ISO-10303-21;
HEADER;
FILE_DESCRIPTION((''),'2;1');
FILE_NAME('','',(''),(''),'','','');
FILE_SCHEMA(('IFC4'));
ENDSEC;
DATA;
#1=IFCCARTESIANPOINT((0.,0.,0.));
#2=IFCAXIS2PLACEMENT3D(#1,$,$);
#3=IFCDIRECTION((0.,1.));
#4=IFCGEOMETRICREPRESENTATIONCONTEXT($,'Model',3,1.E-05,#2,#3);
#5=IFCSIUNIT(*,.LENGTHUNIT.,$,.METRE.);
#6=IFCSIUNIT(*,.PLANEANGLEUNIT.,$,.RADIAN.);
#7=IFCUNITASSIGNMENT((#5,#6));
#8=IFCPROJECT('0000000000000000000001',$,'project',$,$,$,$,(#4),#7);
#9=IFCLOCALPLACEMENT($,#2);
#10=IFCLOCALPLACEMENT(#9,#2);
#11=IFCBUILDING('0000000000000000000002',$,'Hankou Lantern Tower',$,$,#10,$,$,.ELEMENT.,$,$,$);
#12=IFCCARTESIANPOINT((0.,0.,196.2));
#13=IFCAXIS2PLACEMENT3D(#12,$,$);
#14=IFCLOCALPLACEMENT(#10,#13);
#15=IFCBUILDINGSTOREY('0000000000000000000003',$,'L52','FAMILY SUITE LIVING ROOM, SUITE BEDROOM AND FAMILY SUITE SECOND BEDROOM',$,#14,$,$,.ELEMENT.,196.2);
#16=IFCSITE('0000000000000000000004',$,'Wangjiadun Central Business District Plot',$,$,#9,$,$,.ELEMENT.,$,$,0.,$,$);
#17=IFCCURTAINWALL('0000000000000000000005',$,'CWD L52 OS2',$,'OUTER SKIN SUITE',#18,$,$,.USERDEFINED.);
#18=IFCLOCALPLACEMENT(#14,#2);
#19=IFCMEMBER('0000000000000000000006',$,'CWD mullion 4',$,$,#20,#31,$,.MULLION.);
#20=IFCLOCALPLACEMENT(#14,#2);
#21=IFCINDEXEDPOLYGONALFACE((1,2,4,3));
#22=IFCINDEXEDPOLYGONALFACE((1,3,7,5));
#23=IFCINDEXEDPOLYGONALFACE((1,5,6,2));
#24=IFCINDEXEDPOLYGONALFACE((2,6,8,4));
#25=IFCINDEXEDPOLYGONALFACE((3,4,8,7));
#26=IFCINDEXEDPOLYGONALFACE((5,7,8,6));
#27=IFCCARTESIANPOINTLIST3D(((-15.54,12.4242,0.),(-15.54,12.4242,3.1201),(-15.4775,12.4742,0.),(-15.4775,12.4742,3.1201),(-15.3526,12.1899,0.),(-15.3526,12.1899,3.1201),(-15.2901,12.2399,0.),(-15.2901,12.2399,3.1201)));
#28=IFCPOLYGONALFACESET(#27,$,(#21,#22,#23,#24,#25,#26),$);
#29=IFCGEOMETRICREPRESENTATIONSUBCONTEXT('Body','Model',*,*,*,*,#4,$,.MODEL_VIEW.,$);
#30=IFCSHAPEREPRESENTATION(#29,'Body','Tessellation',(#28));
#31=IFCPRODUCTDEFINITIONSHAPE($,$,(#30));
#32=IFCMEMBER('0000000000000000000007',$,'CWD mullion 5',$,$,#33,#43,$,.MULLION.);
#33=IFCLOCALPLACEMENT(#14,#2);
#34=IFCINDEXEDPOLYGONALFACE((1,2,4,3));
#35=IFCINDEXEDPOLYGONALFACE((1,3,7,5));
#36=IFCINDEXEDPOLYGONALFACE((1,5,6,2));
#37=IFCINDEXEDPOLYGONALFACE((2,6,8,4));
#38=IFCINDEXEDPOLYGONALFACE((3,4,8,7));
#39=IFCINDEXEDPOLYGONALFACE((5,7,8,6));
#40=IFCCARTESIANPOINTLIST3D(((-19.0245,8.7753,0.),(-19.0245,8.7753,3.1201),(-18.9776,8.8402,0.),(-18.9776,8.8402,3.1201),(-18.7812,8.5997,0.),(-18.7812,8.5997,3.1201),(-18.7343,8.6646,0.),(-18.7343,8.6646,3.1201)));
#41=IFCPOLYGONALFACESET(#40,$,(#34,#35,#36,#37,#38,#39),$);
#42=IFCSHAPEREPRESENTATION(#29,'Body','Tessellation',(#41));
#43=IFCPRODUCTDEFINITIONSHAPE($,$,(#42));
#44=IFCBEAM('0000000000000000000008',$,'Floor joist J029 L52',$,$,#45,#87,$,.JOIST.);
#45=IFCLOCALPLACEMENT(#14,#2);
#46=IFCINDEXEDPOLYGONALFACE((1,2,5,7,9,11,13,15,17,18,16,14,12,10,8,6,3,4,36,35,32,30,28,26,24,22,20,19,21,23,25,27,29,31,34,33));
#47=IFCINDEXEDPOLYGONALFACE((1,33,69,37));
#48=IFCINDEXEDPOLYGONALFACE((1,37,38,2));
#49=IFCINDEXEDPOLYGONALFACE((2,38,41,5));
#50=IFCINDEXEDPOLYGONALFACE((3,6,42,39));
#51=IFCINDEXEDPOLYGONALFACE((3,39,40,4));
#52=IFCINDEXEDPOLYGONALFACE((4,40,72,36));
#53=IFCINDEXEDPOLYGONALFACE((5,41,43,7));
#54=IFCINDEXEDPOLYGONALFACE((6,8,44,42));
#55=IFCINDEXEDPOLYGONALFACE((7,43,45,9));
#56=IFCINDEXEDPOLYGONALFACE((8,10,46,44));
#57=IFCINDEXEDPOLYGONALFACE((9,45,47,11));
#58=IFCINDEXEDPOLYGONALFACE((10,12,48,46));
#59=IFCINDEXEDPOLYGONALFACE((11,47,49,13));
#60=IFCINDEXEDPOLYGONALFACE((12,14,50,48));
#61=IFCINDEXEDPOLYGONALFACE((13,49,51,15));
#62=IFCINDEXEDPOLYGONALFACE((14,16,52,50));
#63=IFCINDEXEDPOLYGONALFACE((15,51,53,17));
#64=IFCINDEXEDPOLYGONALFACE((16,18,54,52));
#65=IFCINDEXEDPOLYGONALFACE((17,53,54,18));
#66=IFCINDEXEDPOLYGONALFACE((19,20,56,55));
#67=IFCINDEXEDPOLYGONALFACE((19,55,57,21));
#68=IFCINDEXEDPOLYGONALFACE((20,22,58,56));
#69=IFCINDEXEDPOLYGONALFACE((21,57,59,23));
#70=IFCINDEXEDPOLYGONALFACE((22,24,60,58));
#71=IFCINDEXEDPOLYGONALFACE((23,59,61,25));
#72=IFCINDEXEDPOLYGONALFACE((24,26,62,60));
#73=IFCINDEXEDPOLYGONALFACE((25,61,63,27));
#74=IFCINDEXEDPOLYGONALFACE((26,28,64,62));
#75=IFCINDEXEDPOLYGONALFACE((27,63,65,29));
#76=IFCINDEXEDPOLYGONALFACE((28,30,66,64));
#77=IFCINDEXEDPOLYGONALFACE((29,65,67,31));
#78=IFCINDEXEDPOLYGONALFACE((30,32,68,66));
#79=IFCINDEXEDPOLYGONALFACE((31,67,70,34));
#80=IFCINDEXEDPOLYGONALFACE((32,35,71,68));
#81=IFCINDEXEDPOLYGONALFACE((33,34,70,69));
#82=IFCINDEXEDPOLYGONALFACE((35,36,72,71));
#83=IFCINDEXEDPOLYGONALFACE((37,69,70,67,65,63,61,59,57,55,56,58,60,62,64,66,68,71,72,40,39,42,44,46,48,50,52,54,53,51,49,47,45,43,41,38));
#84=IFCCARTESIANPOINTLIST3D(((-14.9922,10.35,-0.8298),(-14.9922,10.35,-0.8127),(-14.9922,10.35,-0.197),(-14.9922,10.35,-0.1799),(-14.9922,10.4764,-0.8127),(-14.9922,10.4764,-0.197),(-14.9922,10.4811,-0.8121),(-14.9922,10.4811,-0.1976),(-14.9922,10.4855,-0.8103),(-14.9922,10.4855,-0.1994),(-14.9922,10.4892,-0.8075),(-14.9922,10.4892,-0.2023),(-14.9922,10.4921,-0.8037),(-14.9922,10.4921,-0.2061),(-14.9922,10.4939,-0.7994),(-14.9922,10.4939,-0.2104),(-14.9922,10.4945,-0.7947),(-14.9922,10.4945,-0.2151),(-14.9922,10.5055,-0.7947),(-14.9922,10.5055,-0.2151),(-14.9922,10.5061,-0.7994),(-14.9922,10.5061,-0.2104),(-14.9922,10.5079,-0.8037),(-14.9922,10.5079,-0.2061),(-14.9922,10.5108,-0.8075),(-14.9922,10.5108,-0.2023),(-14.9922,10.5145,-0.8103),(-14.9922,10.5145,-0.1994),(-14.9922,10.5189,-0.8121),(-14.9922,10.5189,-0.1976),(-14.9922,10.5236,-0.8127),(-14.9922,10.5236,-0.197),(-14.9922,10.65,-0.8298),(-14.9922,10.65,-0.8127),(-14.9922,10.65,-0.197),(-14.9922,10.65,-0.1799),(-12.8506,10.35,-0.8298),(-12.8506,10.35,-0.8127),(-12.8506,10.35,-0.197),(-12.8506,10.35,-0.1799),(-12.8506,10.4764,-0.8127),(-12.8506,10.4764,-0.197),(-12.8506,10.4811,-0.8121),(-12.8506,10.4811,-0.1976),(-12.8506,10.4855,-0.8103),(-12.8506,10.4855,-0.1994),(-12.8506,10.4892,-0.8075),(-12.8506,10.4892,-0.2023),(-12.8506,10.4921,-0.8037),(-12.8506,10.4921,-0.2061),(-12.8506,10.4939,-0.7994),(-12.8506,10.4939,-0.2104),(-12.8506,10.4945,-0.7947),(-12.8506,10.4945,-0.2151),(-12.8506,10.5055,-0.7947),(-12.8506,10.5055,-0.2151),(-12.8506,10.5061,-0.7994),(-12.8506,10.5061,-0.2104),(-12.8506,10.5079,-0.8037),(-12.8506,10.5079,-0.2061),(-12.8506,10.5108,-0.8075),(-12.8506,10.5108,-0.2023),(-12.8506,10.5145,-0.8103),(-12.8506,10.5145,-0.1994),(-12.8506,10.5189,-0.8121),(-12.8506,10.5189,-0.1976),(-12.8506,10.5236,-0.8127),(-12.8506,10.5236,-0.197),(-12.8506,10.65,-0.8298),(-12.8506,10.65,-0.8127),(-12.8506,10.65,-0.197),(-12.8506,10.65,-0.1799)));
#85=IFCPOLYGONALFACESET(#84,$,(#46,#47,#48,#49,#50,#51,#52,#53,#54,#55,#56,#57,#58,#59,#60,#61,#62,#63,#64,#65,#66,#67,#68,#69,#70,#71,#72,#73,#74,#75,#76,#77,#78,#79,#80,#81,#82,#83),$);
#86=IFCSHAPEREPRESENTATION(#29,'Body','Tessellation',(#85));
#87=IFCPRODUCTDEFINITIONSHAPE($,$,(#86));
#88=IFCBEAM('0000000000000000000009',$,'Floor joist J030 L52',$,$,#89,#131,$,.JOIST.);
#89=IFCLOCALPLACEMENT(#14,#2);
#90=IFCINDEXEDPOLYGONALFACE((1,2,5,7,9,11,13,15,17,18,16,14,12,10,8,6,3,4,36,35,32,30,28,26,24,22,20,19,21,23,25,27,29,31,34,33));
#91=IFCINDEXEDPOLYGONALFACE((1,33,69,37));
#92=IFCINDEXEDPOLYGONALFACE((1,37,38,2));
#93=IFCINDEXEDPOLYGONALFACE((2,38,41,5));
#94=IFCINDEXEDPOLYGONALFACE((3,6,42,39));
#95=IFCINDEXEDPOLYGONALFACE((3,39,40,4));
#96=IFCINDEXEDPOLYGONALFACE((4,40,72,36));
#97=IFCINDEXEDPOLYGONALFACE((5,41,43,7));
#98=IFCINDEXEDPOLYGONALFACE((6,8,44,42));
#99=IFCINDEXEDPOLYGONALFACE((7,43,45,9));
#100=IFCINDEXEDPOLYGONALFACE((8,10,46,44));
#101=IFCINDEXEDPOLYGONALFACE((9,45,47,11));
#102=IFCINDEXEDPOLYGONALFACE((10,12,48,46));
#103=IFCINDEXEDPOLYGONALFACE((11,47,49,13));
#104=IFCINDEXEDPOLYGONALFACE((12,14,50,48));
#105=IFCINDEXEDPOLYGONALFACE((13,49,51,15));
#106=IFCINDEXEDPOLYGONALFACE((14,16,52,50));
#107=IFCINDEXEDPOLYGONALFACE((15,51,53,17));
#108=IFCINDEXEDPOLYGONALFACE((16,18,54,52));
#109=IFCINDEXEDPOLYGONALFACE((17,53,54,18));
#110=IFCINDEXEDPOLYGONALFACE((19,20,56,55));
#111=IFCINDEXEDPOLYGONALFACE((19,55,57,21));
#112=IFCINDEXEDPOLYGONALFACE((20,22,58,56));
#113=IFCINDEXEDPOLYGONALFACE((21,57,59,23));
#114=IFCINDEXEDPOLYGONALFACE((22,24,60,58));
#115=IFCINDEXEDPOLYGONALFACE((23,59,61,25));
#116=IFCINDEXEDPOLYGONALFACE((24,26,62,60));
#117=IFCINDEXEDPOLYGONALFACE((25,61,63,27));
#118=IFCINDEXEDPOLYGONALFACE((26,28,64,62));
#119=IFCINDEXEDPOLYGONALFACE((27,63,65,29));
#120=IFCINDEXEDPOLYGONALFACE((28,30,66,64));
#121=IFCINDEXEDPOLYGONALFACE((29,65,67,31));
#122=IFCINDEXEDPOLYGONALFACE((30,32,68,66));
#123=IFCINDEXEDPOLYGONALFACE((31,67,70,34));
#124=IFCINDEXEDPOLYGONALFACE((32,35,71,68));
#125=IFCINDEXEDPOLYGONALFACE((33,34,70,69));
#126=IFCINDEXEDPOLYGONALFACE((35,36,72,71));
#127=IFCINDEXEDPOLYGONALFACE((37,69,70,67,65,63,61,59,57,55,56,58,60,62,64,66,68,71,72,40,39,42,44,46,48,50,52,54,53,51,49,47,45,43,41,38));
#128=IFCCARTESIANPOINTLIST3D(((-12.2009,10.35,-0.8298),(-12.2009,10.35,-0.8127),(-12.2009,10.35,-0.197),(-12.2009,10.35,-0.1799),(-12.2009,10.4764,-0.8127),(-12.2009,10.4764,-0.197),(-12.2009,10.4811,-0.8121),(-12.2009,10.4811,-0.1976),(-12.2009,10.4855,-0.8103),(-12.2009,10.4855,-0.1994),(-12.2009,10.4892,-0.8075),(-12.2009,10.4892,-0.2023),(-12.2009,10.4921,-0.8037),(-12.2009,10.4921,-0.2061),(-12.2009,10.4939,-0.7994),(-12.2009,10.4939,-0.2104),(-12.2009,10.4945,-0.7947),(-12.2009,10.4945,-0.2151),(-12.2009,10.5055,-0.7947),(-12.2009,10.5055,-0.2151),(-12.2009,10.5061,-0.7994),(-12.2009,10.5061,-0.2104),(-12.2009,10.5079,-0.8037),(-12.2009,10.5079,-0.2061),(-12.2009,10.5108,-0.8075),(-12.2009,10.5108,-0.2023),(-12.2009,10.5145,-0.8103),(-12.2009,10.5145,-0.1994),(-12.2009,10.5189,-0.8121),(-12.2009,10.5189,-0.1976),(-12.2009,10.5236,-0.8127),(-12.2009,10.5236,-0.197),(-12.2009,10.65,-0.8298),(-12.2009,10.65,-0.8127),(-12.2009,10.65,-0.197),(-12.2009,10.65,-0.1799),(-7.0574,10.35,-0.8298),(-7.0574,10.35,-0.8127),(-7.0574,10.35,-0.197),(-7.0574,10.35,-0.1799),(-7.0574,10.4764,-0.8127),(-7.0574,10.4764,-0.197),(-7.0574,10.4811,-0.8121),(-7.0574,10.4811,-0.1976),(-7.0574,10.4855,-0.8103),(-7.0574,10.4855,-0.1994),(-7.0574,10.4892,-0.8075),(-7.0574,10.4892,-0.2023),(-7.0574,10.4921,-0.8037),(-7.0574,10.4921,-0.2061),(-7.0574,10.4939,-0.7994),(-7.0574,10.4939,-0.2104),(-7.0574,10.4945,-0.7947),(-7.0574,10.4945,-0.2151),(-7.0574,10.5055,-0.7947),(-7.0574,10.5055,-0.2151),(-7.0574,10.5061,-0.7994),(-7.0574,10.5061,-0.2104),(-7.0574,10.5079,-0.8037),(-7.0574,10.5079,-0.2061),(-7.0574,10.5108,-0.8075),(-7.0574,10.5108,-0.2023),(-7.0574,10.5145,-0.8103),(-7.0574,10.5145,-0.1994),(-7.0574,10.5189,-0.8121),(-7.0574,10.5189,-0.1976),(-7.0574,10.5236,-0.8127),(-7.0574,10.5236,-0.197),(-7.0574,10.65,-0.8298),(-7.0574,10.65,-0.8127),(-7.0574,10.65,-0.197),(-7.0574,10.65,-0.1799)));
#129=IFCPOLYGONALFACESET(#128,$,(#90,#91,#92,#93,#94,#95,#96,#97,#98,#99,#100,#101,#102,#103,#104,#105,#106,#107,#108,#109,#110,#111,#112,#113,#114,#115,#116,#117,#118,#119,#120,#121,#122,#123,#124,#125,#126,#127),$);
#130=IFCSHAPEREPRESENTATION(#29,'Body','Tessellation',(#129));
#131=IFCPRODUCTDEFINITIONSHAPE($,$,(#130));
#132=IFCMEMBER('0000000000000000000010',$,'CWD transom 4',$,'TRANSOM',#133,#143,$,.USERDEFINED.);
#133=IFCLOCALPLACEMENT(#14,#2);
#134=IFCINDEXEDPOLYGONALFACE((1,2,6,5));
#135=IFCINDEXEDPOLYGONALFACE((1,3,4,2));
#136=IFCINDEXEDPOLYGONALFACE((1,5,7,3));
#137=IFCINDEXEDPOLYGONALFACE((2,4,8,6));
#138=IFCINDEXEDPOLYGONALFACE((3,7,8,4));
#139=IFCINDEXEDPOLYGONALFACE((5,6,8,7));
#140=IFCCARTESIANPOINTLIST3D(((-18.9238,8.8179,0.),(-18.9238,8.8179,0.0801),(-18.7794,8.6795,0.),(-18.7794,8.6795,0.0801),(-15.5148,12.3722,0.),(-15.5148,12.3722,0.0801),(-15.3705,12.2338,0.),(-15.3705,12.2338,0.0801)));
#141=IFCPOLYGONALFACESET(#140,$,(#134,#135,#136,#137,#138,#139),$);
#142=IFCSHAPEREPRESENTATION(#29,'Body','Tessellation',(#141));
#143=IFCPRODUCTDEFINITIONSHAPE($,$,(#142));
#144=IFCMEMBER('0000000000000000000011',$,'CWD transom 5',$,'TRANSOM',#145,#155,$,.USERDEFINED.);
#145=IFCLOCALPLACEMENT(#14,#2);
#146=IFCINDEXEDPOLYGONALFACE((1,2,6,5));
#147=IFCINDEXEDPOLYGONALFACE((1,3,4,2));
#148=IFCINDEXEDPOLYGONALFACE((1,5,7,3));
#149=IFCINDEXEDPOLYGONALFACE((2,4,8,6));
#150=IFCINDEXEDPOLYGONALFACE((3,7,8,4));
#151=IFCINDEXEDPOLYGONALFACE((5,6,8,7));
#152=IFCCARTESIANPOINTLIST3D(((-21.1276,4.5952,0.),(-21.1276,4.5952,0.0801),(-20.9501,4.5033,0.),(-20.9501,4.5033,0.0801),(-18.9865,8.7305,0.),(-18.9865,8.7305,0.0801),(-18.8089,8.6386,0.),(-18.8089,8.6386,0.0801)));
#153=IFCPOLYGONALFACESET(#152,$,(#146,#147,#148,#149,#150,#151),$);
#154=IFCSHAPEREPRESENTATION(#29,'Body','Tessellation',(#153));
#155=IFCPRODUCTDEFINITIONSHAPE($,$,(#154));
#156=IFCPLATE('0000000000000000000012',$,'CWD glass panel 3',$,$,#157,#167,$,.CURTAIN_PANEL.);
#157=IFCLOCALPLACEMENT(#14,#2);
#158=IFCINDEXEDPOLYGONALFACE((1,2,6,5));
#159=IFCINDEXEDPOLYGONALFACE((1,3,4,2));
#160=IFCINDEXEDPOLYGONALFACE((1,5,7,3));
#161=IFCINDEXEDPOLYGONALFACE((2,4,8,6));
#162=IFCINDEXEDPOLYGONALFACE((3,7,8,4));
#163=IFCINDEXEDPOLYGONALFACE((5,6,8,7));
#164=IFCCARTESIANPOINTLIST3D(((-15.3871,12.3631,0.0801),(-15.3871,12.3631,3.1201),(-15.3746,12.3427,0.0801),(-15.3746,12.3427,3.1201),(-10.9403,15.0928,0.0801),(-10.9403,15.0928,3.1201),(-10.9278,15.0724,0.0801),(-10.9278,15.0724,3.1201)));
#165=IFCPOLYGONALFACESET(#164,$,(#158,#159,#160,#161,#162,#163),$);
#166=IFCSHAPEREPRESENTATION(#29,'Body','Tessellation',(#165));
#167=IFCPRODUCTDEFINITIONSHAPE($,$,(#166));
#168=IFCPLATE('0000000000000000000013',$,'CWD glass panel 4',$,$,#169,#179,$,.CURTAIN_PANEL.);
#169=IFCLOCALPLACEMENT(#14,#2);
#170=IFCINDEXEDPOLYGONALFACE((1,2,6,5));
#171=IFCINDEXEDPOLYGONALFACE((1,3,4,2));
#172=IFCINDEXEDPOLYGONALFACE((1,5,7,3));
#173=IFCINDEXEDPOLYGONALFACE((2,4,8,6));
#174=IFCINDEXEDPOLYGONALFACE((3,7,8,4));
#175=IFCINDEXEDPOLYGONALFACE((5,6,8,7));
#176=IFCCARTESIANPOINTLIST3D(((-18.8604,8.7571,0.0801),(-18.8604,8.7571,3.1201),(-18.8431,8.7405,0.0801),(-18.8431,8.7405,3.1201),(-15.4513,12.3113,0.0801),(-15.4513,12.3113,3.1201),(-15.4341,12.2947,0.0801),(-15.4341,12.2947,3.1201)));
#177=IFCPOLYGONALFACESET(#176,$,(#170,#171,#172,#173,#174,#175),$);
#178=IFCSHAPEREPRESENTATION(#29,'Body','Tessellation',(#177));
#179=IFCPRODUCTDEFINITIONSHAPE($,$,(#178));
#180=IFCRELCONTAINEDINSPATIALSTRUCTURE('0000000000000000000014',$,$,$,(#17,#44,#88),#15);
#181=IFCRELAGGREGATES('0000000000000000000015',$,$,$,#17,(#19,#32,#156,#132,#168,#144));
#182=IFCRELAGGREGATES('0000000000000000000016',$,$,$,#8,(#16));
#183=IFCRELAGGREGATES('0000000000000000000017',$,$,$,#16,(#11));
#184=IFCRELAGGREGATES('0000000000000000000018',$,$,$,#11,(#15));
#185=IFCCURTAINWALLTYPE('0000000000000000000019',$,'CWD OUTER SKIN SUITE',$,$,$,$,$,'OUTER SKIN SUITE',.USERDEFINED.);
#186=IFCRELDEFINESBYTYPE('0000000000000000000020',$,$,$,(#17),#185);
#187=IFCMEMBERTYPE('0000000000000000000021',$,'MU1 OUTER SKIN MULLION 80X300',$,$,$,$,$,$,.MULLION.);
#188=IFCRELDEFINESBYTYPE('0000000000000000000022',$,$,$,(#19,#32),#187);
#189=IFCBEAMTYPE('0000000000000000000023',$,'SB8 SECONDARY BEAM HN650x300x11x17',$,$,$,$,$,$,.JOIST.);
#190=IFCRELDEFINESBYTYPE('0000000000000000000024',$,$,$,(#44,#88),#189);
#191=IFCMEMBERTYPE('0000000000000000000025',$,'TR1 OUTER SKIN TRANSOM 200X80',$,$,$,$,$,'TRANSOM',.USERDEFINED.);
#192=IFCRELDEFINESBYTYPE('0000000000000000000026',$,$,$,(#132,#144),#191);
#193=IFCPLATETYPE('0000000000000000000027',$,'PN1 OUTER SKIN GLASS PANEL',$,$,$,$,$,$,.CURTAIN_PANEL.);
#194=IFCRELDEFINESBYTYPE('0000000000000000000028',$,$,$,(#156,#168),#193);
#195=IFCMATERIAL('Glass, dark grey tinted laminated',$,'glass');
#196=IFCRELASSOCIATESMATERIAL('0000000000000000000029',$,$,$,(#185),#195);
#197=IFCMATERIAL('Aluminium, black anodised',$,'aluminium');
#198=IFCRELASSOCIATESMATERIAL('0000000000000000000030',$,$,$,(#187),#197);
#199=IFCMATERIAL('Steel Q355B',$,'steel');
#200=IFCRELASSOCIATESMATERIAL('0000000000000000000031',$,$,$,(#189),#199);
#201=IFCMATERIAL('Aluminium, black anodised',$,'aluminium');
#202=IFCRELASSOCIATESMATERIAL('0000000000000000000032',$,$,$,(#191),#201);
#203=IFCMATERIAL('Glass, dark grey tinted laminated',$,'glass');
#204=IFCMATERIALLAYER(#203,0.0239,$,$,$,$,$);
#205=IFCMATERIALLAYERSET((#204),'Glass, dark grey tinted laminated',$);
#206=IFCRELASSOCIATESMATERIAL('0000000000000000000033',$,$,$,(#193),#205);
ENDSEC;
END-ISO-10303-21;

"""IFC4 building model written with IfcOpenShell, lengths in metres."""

from ifc_helpers import new_model, si_unit, direction, frame, origin, origin_2d, place, context, subcontext, project, spatial, rectangle, i_section, extrude, material, layer, layer_set, material_profile, profile_set, type_object, element, aggregate, save


model = new_model("IFC4")

# Units and contexts
model_context = context("Model", 3, precision=1e-05, world=origin(), true_north=direction((0.0, 1.0)))
body_context = subcontext(model_context, "Body", "Model", "MODEL_VIEW")
ifc_project = project(units=[si_unit("LENGTHUNIT", "METRE"), si_unit("PLANEANGLEUNIT", "RADIAN")], contexts=[model_context])

# Site, building, storey
site_placement = place(None, origin())
site = spatial("IfcSite", under=ifc_project, at=site_placement, Name="Wangjiadun Central Business District Plot", CompositionType="ELEMENT", RefElevation=0.0)
building_placement = place(site_placement, origin())
building = spatial("IfcBuilding", under=site, at=building_placement, Name="Hankou Lantern Tower", CompositionType="ELEMENT")
storey_placement = place(building_placement, frame((0.0, 0.0, 196.2)))
storey = spatial("IfcBuildingStorey", under=building, at=storey_placement, Name="L52", Description="FAMILY SUITE LIVING ROOM, SUITE BEDROOM AND FAMILY SUITE SECOND BEDROOM", CompositionType="ELEMENT", Elevation=196.2)

# Curtain wall, members
ifc_material_1 = material(Name="Glass, dark grey tinted laminated", Category="glass")
curtain_wall_type = type_object("IfcCurtainWallType", Name="CWD OUTER SKIN SUITE", ElementType="OUTER SKIN SUITE", PredefinedType="USERDEFINED", material=ifc_material_1)
curtain_wall_placement = place(storey_placement, origin())
curtain_wall = element("IfcCurtainWall", 1, at=curtain_wall_placement, inside=storey, type_object=curtain_wall_type, Name="CWD L52 OS2", ObjectType="OUTER SKIN SUITE", PredefinedType="USERDEFINED")
ifc_material_2 = material(Name="Aluminium, black anodised", Category="aluminium")
ifc_material_profile_1 = material_profile(ifc_material_2, rectangle(XDim=0.0801, YDim=0.3, at=origin_2d()), Name="MU1 80X300")
ifc_profile_set_1 = profile_set([ifc_material_profile_1], Name="Aluminium, black anodised")
member_type_1 = type_object("IfcMemberType", Name="MU1 OUTER SKIN MULLION 80X300", PredefinedType="MULLION", material=ifc_profile_set_1)
member_1_placement = place(storey_placement, frame((-15.415, 12.332, 0.0), z_axis=(0.0, 0.0, 1.0), x_axis=(-0.780869, -0.624695, 0.0)))
member_1 = element("IfcMember", 2, at=member_1_placement, type_object=member_type_1, Name="CWD mullion 4", PredefinedType="MULLION", context=body_context, shape_type="SweptSolid", body=[
    extrude(rectangle(XDim=0.0801, YDim=0.3, at=origin_2d()), origin(), (0.0, 0.0, 1.0), 3.1201),
])
member_2_placement = place(storey_placement, frame((-18.8794, 8.72, 0.0), z_axis=(0.0, 0.0, 1.0), x_axis=(-0.585206, -0.810885, 0.0)))
member_2 = element("IfcMember", 3, at=member_2_placement, type_object=member_type_1, Name="CWD mullion 5", PredefinedType="MULLION", context=body_context, shape_type="SweptSolid", body=[
    extrude(rectangle(XDim=0.0801, YDim=0.3, at=origin_2d()), origin(), (0.0, 0.0, 1.0), 3.1201),
])

# Beams
ifc_material_3 = material(Name="Steel Q355B", Category="steel")
ifc_material_profile_2 = material_profile(ifc_material_3, i_section(OverallWidth=0.3, OverallDepth=0.6499, WebThickness=0.011, FlangeThickness=0.0171, FilletRadius=0.0181, at=origin_2d()), Name="HN650x300x11x17")
ifc_profile_set_2 = profile_set([ifc_material_profile_2], Name="Steel Q355B")
beam_type_1 = type_object("IfcBeamType", Name="SB8 SECONDARY BEAM HN650x300x11x17", PredefinedType="JOIST", material=ifc_profile_set_2)
beam_1_placement = place(storey_placement, frame((-14.9922, 10.5, -0.5049), z_axis=(1.0, 0.0, 0.0), x_axis=(0.0, 1.0, 0.0)))
element("IfcBeam", 4, at=beam_1_placement, inside=storey, type_object=beam_type_1, Name="Floor joist J029 L52", PredefinedType="JOIST", context=body_context, shape_type="SweptSolid", body=[
    extrude(i_section(OverallWidth=0.3, OverallDepth=0.6499, WebThickness=0.011, FlangeThickness=0.0171, FilletRadius=0.0181, at=origin_2d()), origin(), (0.0, 0.0, 1.0), 2.1416),
])
beam_2_placement = place(storey_placement, frame((-12.2009, 10.5, -0.5049), z_axis=(1.0, 0.0, 0.0), x_axis=(0.0, 1.0, 0.0)))
element("IfcBeam", 5, at=beam_2_placement, inside=storey, type_object=beam_type_1, Name="Floor joist J030 L52", PredefinedType="JOIST", context=body_context, shape_type="SweptSolid", body=[
    extrude(i_section(OverallWidth=0.3, OverallDepth=0.6499, WebThickness=0.011, FlangeThickness=0.0171, FilletRadius=0.0181, at=origin_2d()), origin(), (0.0, 0.0, 1.0), 5.1436),
])

# Members
ifc_material_4 = material(Name="Aluminium, black anodised", Category="aluminium")
ifc_material_profile_3 = material_profile(ifc_material_4, rectangle(XDim=0.2, YDim=0.0801, at=origin_2d()), Name="TR1 200X80")
ifc_profile_set_3 = profile_set([ifc_material_profile_3], Name="Aluminium, black anodised")
member_type_2 = type_object("IfcMemberType", Name="TR1 OUTER SKIN TRANSOM 200X80", ElementType="TRANSOM", PredefinedType="USERDEFINED", material=ifc_profile_set_3)
member_3_placement = place(storey_placement, frame((-15.4426, 12.303, 0.04), z_axis=(-0.692205, -0.721701, 0.0), x_axis=(0.721701, -0.692205, 0.0)))
member_3 = element("IfcMember", 6, at=member_3_placement, type_object=member_type_2, Name="CWD transom 4", ObjectType="TRANSOM", PredefinedType="USERDEFINED", context=body_context, shape_type="SweptSolid", body=[
    extrude(rectangle(XDim=0.2, YDim=0.0801, at=origin_2d()), origin(), (0.0, 0.0, 1.0), 4.9248),
])
member_4_placement = place(storey_placement, frame((-18.8977, 8.6846, 0.04), z_axis=(-0.459794, -0.888026, 0.0), x_axis=(0.888026, -0.459794, 0.0)))
member_4 = element("IfcMember", 7, at=member_4_placement, type_object=member_type_2, Name="CWD transom 5", ObjectType="TRANSOM", PredefinedType="USERDEFINED", context=body_context, shape_type="SweptSolid", body=[
    extrude(rectangle(XDim=0.2, YDim=0.0801, at=origin_2d()), origin(), (0.0, 0.0, 1.0), 4.6567),
])

# Plates
ifc_material_5 = material(Name="Glass, dark grey tinted laminated", Category="glass")
ifc_layer_1 = layer(ifc_material_5, 0.0239)
ifc_layer_set_1 = layer_set([ifc_layer_1], Name="Glass, dark grey tinted laminated")
plate_type = type_object("IfcPlateType", Name="PN1 OUTER SKIN GLASS PANEL", PredefinedType="CURTAIN_PANEL", material=ifc_layer_set_1)
plate_1_placement = place(storey_placement, frame((-13.1575, 13.7178, 0.0801), z_axis=(0.0, 0.0, 1.0), x_axis=(-0.852237, -0.523156, 0.0)))
plate_1 = element("IfcPlate", 8, at=plate_1_placement, type_object=plate_type, Name="CWD glass panel 3", PredefinedType="CURTAIN_PANEL", context=body_context, shape_type="SweptSolid", body=[
    extrude(rectangle(XDim=5.2178, YDim=0.0239, at=origin_2d()), origin(), (0.0, 0.0, 1.0), 3.04),
])
plate_2_placement = place(storey_placement, frame((-17.1472, 10.5259, 0.0801), z_axis=(0.0, 0.0, 1.0), x_axis=(-0.692216, -0.721691, 0.0)))
plate_2 = element("IfcPlate", 9, at=plate_2_placement, type_object=plate_type, Name="CWD glass panel 4", PredefinedType="CURTAIN_PANEL", context=body_context, shape_type="SweptSolid", body=[
    extrude(rectangle(XDim=4.9248, YDim=0.0239, at=origin_2d()), origin(), (0.0, 0.0, 1.0), 3.04),
])
aggregate(curtain_wall, [member_1, member_2, plate_1, member_3, plate_2, member_4])

save(model, "model.ifc")
